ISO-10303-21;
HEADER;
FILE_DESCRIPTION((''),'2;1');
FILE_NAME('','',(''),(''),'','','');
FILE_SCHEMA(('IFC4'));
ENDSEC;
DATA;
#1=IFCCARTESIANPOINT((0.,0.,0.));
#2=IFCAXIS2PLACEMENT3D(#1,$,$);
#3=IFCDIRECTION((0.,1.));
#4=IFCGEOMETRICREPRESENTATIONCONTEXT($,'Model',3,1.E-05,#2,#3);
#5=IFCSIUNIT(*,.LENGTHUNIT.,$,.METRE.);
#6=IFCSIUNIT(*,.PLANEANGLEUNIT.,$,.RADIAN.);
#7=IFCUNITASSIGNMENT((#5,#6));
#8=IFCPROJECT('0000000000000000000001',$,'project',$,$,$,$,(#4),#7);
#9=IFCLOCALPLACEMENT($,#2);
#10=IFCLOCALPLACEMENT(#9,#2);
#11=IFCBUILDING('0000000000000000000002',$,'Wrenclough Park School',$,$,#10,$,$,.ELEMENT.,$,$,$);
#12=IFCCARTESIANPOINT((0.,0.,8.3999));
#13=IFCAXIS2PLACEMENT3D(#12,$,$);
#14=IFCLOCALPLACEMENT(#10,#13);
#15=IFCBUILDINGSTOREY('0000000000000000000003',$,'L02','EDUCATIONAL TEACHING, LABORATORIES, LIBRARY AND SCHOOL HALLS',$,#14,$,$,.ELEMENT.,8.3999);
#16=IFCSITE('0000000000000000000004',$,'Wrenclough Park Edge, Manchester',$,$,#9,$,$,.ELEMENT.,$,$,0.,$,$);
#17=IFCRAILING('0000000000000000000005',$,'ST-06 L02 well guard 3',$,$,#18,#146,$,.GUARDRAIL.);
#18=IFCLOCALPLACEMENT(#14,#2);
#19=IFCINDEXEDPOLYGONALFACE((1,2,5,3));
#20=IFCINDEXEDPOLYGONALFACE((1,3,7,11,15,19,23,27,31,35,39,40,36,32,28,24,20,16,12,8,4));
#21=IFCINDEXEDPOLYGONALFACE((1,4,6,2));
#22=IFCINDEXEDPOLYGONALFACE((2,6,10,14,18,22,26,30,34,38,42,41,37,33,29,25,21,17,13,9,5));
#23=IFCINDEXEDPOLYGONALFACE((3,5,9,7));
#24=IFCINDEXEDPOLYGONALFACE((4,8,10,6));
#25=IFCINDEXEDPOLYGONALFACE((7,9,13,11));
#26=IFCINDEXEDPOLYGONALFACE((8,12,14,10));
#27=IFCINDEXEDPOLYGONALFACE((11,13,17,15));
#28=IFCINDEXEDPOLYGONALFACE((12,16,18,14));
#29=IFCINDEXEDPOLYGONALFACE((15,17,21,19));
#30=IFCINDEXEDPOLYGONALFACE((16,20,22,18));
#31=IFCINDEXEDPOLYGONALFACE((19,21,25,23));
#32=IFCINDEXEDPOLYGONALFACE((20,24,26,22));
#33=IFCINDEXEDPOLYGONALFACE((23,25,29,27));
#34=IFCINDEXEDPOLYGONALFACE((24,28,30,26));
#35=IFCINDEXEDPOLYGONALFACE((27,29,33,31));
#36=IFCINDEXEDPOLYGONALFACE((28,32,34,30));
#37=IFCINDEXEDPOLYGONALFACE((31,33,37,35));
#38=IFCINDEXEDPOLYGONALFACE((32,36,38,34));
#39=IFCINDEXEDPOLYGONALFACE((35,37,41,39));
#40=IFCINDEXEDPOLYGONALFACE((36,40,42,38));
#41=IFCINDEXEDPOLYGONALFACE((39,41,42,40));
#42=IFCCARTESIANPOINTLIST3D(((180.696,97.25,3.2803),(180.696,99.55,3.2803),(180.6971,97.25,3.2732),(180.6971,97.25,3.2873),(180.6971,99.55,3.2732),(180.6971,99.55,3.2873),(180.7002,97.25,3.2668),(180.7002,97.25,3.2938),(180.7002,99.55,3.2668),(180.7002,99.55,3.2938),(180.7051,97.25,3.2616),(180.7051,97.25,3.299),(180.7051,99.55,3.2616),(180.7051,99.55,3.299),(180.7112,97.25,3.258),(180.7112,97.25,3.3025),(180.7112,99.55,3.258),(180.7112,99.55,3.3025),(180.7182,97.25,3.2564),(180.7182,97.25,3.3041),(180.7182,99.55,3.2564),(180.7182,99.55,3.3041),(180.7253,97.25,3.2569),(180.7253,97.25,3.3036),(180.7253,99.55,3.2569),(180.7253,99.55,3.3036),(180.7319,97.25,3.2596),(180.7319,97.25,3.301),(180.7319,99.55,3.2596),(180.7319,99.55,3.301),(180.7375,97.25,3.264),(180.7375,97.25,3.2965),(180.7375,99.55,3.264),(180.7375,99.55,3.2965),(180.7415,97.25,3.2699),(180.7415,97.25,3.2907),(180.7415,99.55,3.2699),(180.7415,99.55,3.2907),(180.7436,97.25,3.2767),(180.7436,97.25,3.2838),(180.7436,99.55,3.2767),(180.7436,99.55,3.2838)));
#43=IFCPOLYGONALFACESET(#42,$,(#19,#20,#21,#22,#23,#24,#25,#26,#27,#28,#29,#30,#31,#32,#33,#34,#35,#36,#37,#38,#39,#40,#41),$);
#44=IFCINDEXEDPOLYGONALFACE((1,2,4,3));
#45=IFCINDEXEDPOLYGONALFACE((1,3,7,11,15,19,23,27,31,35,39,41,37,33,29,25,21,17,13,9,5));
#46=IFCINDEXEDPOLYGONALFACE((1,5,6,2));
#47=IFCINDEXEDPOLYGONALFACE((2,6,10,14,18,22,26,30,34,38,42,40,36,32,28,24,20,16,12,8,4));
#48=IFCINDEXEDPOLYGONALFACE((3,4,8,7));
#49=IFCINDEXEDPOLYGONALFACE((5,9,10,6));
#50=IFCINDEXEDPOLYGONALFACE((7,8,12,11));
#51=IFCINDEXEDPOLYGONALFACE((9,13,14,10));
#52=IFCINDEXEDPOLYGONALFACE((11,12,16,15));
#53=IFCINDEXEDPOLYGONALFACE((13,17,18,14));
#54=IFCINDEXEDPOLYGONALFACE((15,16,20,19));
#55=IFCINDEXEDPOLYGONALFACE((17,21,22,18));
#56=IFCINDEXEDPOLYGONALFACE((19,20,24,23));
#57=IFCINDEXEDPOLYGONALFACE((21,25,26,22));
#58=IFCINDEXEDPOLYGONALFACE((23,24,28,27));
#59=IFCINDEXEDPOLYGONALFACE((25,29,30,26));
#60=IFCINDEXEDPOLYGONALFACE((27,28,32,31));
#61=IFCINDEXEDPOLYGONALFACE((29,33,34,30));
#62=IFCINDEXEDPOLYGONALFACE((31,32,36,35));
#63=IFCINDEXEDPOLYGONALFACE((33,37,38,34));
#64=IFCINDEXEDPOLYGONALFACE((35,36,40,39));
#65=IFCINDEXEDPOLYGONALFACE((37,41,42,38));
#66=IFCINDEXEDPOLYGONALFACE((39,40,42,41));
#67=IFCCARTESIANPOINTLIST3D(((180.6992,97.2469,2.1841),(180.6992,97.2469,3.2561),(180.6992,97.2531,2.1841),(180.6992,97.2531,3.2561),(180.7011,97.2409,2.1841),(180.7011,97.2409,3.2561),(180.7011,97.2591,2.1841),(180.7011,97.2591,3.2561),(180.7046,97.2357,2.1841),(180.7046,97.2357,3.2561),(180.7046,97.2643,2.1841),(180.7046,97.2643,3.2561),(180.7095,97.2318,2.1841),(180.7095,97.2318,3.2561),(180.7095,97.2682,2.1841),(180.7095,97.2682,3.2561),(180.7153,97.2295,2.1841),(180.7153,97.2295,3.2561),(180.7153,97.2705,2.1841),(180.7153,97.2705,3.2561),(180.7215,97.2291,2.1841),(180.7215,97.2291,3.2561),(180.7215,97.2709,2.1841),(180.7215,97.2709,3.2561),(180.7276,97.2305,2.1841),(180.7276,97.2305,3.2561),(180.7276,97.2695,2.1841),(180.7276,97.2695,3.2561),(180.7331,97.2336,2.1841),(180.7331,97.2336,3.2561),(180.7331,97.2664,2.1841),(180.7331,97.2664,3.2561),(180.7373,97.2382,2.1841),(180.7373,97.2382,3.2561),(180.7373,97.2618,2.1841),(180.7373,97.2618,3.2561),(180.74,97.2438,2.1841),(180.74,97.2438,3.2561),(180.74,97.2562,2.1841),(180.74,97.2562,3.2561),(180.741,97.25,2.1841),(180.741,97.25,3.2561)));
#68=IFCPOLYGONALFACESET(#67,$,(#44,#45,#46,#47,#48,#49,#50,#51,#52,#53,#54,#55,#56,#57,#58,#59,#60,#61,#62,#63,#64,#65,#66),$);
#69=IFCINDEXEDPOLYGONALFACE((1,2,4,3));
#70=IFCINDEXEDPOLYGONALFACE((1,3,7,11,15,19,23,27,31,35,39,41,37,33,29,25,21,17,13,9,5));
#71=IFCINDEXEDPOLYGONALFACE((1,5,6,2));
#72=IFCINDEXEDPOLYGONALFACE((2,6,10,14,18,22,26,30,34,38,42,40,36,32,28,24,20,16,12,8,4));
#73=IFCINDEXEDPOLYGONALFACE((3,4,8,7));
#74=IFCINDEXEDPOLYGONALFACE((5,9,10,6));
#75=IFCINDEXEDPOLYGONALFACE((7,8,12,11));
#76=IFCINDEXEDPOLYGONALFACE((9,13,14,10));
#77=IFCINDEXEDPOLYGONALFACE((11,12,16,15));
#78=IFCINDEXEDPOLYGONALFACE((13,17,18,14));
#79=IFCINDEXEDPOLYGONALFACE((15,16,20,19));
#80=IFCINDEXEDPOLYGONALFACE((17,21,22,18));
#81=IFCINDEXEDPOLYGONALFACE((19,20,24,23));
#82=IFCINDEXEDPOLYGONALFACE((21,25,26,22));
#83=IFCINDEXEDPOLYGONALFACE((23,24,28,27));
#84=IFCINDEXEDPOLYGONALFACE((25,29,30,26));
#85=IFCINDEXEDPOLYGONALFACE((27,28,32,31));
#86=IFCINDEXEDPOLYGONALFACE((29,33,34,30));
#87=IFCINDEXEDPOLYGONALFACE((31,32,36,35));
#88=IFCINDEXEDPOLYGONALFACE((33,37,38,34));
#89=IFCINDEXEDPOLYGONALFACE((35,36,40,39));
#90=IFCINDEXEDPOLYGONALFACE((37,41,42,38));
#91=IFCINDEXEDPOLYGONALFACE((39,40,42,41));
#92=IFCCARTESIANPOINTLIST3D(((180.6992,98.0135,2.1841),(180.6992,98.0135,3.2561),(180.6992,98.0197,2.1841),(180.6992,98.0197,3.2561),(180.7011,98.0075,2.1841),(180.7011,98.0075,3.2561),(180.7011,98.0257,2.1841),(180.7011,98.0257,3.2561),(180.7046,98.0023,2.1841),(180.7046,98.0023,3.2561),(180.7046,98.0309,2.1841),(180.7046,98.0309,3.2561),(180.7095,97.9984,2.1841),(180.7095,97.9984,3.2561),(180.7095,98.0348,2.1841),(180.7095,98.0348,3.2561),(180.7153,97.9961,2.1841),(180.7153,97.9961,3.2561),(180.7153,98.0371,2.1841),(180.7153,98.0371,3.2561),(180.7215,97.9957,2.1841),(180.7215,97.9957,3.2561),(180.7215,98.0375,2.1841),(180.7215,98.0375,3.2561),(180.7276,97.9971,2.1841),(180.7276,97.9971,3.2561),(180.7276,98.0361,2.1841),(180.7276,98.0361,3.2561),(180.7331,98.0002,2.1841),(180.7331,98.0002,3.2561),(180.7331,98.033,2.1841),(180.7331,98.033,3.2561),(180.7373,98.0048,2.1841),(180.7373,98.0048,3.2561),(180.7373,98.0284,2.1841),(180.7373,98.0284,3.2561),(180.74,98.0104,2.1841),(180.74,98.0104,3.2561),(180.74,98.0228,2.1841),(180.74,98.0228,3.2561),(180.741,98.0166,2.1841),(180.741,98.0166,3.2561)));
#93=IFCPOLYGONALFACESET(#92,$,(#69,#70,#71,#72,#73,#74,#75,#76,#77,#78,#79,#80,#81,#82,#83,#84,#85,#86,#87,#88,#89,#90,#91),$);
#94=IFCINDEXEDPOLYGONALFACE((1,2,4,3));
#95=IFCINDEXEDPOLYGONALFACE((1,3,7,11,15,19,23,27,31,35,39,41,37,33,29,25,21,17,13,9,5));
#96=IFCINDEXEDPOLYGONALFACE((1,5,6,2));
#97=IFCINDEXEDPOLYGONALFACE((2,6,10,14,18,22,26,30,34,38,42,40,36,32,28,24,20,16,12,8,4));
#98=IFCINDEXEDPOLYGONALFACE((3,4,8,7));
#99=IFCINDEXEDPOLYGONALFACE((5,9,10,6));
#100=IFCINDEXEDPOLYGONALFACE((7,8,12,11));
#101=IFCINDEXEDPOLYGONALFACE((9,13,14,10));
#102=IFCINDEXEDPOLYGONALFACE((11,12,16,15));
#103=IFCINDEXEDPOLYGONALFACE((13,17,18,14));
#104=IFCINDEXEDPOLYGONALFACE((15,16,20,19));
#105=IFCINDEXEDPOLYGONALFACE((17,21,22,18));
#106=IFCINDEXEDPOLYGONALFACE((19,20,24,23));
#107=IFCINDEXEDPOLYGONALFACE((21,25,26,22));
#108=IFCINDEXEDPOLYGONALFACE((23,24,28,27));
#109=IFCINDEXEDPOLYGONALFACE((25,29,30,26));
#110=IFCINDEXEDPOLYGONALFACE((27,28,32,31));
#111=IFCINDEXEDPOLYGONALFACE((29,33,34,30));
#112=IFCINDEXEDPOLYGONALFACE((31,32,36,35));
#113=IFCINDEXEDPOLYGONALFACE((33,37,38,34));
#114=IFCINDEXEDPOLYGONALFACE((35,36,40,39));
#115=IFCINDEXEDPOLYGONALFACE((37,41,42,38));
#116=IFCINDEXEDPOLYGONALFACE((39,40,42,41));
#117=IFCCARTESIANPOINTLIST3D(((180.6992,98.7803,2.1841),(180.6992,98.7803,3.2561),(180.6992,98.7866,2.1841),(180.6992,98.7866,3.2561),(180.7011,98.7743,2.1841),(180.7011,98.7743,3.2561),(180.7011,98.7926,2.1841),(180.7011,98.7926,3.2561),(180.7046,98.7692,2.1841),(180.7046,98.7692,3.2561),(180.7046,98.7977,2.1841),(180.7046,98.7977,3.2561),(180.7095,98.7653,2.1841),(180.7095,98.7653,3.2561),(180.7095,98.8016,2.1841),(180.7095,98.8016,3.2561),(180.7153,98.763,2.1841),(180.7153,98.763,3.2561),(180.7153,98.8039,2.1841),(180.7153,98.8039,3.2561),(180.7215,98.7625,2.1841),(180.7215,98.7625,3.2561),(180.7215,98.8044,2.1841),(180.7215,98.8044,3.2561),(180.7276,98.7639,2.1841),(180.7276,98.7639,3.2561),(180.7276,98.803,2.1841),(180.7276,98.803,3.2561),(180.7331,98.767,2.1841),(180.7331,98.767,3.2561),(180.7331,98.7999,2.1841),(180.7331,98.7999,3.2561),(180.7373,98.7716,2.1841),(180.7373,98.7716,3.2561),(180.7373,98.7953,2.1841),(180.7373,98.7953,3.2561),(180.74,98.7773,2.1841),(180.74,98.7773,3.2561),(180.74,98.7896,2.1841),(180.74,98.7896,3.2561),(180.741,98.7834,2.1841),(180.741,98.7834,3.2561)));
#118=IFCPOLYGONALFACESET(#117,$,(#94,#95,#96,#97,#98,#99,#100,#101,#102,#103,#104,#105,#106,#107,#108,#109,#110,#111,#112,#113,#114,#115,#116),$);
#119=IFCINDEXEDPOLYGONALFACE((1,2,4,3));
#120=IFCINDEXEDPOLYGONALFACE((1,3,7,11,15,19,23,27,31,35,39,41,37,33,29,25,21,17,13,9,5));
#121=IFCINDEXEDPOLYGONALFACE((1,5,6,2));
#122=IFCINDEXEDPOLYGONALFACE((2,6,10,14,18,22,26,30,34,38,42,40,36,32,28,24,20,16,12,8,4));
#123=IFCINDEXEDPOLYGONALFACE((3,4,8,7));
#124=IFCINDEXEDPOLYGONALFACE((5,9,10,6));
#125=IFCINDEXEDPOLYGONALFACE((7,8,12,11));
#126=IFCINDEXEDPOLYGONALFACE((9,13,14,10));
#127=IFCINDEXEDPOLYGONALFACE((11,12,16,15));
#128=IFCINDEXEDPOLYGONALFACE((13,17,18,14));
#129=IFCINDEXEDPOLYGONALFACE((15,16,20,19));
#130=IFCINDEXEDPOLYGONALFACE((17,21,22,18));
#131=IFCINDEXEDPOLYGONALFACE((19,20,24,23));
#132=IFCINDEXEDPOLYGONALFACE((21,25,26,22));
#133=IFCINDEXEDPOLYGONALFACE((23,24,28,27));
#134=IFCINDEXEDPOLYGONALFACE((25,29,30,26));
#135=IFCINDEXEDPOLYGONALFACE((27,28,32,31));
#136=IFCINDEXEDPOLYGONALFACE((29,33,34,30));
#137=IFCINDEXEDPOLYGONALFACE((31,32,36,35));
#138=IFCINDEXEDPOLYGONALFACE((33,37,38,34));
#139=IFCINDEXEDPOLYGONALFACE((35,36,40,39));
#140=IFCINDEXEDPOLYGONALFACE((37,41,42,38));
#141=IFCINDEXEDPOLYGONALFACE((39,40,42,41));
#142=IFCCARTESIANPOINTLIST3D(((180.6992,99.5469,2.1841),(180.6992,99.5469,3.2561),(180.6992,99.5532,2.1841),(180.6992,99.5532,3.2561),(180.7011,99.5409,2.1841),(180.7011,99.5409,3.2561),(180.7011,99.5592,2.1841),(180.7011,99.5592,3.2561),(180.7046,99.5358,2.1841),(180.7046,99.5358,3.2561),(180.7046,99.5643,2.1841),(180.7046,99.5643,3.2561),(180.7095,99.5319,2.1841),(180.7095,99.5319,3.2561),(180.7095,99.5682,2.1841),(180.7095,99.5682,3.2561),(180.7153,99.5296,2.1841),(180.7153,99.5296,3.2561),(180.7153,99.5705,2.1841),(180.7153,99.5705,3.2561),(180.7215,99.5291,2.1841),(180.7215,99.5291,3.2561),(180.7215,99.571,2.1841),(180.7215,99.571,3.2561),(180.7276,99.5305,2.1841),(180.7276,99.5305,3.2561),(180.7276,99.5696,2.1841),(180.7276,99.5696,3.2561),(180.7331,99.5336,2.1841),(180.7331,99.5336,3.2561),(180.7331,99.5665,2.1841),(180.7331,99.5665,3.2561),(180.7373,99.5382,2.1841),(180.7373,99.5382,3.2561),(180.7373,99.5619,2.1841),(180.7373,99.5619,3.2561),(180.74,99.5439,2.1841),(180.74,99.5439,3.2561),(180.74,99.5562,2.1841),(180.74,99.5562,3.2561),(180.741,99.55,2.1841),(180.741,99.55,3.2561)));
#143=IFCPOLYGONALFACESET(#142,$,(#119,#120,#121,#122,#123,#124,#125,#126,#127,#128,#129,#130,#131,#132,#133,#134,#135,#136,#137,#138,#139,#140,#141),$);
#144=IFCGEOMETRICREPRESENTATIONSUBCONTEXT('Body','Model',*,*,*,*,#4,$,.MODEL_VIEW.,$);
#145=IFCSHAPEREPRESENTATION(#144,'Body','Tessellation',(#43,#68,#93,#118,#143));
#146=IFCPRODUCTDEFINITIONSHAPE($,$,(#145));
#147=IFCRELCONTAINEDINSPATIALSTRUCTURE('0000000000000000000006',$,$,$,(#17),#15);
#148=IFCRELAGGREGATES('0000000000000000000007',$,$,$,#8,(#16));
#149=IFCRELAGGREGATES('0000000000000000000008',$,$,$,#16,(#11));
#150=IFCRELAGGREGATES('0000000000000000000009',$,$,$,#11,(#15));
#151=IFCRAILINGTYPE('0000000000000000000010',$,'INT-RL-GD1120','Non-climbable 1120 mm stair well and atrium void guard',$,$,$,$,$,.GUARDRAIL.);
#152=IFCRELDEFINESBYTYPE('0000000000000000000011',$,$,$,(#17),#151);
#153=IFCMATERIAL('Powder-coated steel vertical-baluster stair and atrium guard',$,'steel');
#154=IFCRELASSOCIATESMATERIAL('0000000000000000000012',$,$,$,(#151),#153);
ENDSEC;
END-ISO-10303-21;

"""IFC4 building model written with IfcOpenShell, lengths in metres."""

from ifc_helpers import new_model, si_unit, direction, frame, origin, origin_2d, place, context, subcontext, project, spatial, circle, extrude, material, type_object, element, save


model = new_model("IFC4")

# Units and contexts
model_context = context("Model", 3, precision=1e-05, world=origin(), true_north=direction((0.0, 1.0)))
body_context = subcontext(model_context, "Body", "Model", "MODEL_VIEW")
ifc_project = project(units=[si_unit("LENGTHUNIT", "METRE"), si_unit("PLANEANGLEUNIT", "RADIAN")], contexts=[model_context])

# Site, building, storey
site_placement = place(None, origin())
site = spatial("IfcSite", under=ifc_project, at=site_placement, Name="Wrenclough Park Edge, Manchester", CompositionType="ELEMENT", RefElevation=0.0)
building_placement = place(site_placement, origin())
building = spatial("IfcBuilding", under=site, at=building_placement, Name="Wrenclough Park School", CompositionType="ELEMENT")
storey_placement = place(building_placement, frame((0.0, 0.0, 8.3999)))
storey = spatial("IfcBuildingStorey", under=building, at=storey_placement, Name="L02", Description="EDUCATIONAL TEACHING, LABORATORIES, LIBRARY AND SCHOOL HALLS", CompositionType="ELEMENT", Elevation=8.3999)

# Railing
ifc_material_1 = material(Name="Powder-coated steel vertical-baluster stair and atrium guard", Category="steel")
railing_type = type_object("IfcRailingType", Name="INT-RL-GD1120", Description="Non-climbable 1120 mm stair well and atrium void guard", PredefinedType="GUARDRAIL", material=ifc_material_1)
railing_1_placement = place(storey_placement, frame((180.72, 97.25, 2.1841)))
element("IfcRailing", 1, at=railing_1_placement, inside=storey, type_object=railing_type, Name="ST-06 L02 well guard 3", PredefinedType="GUARDRAIL", context=body_context, shape_type="SweptSolid", body=[
    extrude(circle(Radius=0.0239, at=origin_2d()), frame((0.0, 0.0, 1.0962), z_axis=(0.0, 1.0, 0.0), x_axis=(-1.0, 0.0, 0.0)), (0.0, 0.0, 1.0), 2.3),
    extrude(circle(Radius=0.021, at=origin_2d()), origin(), (0.0, 0.0, 1.0), 1.072),
    extrude(circle(Radius=0.021, at=origin_2d()), frame((0.0, 0.7666, 0.0)), (0.0, 0.0, 1.0), 1.072),
    extrude(circle(Radius=0.021, at=origin_2d()), frame((0.0, 1.5334, 0.0)), (0.0, 0.0, 1.0), 1.072),
    extrude(circle(Radius=0.021, at=origin_2d()), frame((0.0, 2.3, 0.0)), (0.0, 0.0, 1.0), 1.072),
])

save(model, "model.ifc")
